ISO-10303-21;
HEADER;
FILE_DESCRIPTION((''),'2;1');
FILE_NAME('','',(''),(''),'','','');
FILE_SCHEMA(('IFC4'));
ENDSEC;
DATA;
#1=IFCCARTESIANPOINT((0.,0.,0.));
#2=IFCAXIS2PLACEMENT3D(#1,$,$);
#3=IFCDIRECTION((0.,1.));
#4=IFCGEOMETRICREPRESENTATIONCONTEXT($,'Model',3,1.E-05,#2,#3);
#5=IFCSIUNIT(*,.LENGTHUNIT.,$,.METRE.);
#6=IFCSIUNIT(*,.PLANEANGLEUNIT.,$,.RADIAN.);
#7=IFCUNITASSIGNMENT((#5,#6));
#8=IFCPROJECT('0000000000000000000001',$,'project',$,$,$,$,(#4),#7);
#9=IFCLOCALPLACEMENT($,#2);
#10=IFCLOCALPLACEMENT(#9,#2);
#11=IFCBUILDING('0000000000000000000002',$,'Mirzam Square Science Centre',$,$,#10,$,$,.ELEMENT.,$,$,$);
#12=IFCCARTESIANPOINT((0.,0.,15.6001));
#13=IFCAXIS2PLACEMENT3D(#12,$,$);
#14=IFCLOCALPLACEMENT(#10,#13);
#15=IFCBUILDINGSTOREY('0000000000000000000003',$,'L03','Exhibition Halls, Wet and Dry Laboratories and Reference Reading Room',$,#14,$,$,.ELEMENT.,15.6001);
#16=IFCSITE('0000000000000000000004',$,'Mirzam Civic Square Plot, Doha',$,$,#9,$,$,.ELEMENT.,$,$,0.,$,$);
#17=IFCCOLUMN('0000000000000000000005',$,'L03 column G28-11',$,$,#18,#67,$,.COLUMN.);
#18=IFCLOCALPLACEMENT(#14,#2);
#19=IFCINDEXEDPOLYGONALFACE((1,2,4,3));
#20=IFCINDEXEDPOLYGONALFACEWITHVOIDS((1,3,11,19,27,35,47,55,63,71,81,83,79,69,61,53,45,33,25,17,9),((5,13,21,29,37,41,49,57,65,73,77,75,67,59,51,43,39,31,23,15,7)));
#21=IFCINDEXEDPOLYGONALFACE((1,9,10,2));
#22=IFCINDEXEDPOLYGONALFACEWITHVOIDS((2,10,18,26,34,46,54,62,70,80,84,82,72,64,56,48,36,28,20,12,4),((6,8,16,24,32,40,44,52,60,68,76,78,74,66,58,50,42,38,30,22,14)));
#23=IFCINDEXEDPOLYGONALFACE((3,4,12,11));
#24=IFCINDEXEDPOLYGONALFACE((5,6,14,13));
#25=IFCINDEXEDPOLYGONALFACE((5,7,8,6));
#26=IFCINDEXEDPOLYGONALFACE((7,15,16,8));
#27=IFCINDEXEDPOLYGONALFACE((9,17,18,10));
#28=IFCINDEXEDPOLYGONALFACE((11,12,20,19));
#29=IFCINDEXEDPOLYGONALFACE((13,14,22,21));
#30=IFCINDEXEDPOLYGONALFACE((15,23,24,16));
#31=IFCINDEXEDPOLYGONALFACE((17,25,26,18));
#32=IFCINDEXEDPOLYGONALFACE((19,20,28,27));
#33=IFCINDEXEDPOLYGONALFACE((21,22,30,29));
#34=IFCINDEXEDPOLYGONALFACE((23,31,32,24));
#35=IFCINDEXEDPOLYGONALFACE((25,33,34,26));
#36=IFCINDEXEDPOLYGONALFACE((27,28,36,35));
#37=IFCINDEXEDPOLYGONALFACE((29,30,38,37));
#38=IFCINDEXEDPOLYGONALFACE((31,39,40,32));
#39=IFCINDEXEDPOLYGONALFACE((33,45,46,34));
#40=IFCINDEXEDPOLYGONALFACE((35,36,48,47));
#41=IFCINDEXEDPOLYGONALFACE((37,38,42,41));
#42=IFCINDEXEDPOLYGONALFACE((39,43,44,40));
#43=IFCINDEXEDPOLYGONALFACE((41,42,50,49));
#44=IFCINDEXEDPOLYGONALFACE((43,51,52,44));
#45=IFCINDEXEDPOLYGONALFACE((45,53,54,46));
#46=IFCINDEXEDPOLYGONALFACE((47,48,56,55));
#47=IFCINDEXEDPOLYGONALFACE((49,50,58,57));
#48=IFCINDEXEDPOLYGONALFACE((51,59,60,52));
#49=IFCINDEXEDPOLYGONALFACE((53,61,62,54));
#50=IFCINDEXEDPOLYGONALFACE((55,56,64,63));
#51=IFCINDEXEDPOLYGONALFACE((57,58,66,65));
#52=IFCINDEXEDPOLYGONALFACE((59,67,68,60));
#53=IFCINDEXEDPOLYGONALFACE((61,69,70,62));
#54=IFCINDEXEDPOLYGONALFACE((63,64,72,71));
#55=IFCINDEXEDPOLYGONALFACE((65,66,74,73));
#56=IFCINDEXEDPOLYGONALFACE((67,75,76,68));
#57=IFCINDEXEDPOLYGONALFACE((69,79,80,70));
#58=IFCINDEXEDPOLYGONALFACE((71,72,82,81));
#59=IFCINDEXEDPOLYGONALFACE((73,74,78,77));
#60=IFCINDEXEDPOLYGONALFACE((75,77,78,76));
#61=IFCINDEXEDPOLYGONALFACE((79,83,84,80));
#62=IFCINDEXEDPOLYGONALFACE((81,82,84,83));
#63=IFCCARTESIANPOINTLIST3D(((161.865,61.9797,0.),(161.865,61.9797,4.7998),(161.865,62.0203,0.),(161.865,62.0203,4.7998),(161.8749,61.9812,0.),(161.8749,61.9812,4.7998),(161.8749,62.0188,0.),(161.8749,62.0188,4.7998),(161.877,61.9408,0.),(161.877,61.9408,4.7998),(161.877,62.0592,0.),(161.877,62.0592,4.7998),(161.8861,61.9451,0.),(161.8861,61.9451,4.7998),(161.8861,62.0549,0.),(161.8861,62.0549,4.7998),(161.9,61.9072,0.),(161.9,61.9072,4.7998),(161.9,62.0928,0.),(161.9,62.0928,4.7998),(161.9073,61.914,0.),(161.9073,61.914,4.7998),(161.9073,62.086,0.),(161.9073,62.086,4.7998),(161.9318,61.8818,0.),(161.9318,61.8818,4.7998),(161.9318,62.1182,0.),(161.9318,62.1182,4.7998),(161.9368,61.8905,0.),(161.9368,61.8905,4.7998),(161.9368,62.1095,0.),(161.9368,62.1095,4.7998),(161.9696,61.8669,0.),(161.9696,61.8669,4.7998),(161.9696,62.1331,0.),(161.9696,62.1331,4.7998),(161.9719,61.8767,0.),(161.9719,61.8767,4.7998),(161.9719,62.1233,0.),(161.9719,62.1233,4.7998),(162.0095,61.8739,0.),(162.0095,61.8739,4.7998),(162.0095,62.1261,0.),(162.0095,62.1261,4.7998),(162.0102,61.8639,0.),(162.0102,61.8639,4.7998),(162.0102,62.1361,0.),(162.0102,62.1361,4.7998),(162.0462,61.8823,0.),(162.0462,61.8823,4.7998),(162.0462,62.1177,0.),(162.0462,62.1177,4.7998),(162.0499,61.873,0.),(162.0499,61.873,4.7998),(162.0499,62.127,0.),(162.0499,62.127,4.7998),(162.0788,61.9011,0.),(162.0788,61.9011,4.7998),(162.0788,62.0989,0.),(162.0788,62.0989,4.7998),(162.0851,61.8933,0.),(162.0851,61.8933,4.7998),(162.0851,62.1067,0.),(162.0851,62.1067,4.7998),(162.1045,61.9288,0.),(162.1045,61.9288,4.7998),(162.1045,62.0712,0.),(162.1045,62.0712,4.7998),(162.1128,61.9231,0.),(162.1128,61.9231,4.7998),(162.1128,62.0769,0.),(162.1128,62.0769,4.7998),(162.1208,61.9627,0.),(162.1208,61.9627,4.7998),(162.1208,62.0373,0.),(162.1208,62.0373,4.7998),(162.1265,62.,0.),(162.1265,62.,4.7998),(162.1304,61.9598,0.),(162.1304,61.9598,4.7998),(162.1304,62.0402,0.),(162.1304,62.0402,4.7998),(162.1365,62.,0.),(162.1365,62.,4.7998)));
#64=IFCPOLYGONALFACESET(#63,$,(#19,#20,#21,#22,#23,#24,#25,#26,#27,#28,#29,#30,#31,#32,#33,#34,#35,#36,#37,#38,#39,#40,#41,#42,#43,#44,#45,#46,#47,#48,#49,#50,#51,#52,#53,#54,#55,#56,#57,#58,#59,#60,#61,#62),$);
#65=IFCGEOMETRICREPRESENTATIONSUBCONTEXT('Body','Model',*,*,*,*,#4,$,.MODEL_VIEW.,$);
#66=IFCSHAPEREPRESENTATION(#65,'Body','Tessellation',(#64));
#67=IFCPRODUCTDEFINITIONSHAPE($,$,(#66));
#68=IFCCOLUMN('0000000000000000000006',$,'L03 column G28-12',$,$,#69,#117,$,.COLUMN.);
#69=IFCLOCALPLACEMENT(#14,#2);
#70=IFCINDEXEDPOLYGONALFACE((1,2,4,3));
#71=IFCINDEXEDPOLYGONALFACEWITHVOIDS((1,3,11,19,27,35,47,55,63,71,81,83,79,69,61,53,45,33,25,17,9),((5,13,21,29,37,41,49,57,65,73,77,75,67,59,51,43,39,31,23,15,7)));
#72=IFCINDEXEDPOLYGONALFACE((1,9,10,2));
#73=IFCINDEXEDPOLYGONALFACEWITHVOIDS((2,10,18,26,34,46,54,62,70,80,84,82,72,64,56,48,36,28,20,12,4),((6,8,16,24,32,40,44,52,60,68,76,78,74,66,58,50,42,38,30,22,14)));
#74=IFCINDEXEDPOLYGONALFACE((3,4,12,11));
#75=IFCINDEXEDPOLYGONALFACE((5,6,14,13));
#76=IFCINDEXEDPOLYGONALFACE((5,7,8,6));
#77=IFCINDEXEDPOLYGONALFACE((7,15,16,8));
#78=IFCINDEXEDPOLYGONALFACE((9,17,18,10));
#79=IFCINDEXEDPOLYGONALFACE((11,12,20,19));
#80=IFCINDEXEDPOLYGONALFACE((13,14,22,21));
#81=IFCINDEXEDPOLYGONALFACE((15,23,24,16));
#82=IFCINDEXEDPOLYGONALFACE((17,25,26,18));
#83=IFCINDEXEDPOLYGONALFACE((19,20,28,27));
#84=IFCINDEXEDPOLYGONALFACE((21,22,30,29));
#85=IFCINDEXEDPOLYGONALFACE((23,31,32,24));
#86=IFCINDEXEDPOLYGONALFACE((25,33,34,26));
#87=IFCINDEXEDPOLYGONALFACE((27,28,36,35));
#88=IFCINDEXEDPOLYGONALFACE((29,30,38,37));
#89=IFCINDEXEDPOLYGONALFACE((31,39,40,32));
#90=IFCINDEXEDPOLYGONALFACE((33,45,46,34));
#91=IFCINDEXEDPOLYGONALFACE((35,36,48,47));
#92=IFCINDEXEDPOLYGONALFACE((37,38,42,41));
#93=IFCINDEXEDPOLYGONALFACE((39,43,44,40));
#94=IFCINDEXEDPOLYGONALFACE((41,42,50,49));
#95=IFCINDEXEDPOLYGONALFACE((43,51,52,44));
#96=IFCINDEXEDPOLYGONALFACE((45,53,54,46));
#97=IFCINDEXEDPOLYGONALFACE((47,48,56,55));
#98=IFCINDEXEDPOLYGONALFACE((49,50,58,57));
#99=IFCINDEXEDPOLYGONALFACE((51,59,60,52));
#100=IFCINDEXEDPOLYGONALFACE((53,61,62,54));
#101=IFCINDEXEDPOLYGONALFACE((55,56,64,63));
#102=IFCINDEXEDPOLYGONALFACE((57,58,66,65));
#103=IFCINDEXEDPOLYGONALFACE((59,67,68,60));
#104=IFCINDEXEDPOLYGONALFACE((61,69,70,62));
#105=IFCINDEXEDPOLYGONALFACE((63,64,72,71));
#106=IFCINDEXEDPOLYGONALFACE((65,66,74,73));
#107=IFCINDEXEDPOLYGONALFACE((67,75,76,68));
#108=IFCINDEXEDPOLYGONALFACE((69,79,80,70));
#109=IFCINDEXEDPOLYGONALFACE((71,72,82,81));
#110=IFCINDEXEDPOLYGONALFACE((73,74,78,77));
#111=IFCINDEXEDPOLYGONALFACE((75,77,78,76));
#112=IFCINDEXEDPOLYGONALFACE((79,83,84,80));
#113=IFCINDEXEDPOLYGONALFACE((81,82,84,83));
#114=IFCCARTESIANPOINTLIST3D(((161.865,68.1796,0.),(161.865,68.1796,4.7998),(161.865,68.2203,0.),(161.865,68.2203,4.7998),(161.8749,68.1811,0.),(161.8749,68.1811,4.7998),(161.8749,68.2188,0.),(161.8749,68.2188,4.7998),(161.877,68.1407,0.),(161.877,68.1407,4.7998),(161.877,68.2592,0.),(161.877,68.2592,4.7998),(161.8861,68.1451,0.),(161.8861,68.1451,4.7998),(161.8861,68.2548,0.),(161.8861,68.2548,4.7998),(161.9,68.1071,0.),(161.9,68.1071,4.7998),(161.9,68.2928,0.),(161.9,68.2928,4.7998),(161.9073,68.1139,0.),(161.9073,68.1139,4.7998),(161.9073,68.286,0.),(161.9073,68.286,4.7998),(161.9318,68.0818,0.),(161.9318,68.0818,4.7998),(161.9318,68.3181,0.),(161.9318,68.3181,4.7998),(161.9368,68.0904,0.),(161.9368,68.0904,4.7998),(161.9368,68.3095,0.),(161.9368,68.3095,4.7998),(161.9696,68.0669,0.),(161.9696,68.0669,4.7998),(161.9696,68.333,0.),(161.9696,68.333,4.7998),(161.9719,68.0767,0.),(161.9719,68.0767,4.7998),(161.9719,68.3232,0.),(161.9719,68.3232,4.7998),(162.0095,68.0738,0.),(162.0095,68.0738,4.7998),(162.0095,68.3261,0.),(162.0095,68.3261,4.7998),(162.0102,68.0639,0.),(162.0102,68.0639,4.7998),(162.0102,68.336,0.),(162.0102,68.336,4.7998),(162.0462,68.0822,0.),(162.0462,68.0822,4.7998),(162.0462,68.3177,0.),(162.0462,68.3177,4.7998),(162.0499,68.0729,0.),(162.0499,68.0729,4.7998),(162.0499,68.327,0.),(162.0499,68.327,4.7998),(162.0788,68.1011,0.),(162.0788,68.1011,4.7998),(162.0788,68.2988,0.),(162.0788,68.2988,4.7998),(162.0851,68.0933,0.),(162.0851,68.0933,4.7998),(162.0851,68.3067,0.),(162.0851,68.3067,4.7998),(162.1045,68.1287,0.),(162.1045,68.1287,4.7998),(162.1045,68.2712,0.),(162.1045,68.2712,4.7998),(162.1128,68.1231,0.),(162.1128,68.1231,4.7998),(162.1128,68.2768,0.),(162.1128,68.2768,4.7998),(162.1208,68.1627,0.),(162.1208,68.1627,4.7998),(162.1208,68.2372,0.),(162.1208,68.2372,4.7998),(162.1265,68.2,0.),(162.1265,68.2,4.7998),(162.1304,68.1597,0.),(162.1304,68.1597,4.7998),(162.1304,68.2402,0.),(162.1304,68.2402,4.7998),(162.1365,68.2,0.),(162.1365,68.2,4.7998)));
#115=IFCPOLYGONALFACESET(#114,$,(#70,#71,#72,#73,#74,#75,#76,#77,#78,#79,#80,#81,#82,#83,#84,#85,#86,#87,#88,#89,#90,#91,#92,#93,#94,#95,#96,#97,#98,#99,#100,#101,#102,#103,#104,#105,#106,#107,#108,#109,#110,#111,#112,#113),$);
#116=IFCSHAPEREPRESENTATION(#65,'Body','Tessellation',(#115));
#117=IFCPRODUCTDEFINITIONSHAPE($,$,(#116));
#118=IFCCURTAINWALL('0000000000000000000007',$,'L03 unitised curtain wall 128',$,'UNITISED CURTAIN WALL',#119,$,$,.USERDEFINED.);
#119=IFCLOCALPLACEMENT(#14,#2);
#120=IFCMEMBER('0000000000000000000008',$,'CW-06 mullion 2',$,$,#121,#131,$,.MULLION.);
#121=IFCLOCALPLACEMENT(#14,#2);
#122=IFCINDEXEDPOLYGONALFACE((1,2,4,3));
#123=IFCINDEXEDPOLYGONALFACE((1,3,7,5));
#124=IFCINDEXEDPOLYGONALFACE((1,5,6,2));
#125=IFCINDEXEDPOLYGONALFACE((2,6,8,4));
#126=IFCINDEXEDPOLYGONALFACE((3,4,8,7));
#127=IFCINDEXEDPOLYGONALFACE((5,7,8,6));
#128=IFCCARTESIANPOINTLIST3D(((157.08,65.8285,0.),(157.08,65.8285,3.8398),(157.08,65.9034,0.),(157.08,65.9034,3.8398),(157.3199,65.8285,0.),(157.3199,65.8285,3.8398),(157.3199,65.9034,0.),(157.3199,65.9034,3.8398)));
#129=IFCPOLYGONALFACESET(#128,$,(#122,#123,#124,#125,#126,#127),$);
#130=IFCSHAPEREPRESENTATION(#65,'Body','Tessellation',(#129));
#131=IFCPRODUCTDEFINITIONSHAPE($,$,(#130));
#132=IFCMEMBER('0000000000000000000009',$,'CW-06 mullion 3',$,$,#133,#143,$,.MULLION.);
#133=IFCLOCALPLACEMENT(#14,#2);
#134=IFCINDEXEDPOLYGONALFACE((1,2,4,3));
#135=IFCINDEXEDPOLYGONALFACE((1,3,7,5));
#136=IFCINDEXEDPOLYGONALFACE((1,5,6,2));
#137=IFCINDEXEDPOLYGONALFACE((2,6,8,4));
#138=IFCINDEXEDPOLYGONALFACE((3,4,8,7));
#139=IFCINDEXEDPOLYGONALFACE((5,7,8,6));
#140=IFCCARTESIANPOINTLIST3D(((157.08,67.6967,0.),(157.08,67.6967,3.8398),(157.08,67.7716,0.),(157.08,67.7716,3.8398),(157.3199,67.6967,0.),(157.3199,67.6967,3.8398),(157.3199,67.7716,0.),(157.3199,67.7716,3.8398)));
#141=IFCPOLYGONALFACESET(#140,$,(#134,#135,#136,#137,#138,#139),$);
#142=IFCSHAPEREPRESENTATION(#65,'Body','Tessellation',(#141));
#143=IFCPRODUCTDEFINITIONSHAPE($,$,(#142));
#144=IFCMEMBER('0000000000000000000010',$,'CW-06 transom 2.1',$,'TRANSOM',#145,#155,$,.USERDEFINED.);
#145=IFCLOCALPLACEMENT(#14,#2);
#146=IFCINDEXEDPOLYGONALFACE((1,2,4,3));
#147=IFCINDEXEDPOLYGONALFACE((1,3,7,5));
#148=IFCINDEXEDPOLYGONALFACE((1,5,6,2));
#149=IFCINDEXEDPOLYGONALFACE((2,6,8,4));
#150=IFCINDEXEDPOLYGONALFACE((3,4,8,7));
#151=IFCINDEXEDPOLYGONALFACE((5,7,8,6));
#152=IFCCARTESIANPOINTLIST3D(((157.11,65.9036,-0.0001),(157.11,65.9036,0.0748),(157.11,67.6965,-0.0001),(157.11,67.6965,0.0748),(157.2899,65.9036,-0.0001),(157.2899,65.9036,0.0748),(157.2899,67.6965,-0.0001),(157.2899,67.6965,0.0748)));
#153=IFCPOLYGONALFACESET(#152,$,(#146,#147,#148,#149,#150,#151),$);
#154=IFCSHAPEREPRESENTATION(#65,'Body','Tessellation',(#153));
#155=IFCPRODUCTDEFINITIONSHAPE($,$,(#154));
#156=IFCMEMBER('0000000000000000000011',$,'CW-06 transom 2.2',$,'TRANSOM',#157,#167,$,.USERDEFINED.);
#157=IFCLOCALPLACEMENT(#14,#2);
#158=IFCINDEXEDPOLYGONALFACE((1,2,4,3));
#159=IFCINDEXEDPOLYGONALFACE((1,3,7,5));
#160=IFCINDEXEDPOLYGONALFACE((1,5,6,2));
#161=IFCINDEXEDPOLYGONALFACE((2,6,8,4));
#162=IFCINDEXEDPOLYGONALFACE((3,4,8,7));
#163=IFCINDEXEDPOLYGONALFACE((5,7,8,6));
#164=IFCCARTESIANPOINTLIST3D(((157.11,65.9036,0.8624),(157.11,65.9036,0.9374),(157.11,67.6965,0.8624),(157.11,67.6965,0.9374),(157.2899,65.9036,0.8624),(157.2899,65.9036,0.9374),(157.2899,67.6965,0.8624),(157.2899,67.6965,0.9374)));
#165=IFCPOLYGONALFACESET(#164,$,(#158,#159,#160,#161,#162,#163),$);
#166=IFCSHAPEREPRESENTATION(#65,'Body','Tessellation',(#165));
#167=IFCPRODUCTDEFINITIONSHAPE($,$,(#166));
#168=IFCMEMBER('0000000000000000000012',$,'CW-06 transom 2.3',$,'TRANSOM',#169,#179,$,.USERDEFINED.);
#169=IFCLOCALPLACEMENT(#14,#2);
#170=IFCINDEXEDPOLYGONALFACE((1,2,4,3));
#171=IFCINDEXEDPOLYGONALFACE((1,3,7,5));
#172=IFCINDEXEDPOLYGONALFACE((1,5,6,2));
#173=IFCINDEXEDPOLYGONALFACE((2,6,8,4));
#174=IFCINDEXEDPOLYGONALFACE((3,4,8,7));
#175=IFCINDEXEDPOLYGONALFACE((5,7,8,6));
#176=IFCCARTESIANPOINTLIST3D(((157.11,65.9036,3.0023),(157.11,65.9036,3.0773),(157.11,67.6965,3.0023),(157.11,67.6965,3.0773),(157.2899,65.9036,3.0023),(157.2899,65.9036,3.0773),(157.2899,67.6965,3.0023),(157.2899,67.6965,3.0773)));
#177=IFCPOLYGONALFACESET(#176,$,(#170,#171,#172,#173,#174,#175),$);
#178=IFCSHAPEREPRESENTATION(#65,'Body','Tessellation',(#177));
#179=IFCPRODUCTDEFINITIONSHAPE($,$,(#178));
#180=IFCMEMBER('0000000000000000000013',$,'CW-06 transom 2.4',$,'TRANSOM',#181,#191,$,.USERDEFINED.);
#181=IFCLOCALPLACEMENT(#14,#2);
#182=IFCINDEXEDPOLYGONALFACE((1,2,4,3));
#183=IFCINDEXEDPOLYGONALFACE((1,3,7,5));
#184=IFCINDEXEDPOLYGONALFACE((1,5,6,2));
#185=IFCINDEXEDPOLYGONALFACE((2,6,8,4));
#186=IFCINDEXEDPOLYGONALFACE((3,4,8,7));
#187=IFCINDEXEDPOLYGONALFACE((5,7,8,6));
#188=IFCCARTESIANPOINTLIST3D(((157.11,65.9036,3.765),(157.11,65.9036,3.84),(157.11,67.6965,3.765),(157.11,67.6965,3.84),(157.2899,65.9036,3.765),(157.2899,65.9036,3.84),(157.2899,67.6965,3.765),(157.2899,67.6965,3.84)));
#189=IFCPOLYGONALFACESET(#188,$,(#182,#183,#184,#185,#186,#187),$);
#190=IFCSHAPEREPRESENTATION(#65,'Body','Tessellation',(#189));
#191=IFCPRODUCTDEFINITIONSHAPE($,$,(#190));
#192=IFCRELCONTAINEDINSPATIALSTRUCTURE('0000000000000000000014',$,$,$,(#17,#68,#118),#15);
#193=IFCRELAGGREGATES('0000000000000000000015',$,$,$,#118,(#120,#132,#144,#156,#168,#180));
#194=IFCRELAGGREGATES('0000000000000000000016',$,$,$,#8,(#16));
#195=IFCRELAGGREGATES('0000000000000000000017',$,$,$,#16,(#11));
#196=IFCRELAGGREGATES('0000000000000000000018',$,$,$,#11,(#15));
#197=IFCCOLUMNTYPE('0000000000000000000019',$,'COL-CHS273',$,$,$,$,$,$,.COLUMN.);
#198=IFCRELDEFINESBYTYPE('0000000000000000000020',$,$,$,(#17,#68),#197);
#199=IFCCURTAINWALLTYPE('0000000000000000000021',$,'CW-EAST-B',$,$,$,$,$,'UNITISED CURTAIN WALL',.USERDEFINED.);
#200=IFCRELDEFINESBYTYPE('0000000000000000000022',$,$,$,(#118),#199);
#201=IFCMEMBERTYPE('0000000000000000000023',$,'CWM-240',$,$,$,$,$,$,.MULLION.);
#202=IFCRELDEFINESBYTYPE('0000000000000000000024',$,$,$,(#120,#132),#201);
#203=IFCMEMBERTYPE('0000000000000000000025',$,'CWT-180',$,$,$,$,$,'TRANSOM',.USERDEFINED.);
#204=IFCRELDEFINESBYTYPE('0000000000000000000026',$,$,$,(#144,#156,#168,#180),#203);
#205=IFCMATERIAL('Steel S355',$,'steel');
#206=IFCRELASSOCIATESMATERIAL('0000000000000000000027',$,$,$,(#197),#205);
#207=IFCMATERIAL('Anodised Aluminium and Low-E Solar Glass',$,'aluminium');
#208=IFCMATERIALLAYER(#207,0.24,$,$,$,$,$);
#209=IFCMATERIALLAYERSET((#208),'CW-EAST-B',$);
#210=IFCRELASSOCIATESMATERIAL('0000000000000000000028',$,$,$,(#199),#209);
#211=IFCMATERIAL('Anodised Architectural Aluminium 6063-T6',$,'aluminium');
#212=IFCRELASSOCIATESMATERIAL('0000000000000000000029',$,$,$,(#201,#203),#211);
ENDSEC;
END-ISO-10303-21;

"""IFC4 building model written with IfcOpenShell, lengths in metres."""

from ifc_helpers import new_model, si_unit, direction, frame, origin, origin_2d, place, context, subcontext, project, spatial, rectangle, hollow_circle, extrude, material, layer, layer_set, material_profile, profile_set, type_object, element, aggregate, save


model = new_model("IFC4")

# Units and contexts
model_context = context("Model", 3, precision=1e-05, world=origin(), true_north=direction((0.0, 1.0)))
body_context = subcontext(model_context, "Body", "Model", "MODEL_VIEW")
ifc_project = project(units=[si_unit("LENGTHUNIT", "METRE"), si_unit("PLANEANGLEUNIT", "RADIAN")], contexts=[model_context])

# Site, building, storey
site_placement = place(None, origin())
site = spatial("IfcSite", under=ifc_project, at=site_placement, Name="Mirzam Civic Square Plot, Doha", CompositionType="ELEMENT", RefElevation=0.0)
building_placement = place(site_placement, origin())
building = spatial("IfcBuilding", under=site, at=building_placement, Name="Mirzam Square Science Centre", CompositionType="ELEMENT")
storey_placement = place(building_placement, frame((0.0, 0.0, 15.6001)))
storey = spatial("IfcBuildingStorey", under=building, at=storey_placement, Name="L03", Description="Exhibition Halls, Wet and Dry Laboratories and Reference Reading Room", CompositionType="ELEMENT", Elevation=15.6001)

# Columns
ifc_material_1 = material(Name="Steel S355", Category="steel")
ifc_material_profile_1 = material_profile(ifc_material_1, hollow_circle(Radius=0.1365, WallThickness=0.01, at=origin_2d()), Name="273.0x10.0CHS")
ifc_profile_set_1 = profile_set([ifc_material_profile_1], Name="Steel S355")
column_type = type_object("IfcColumnType", Name="COL-CHS273", PredefinedType="COLUMN", material=ifc_profile_set_1)
for number, where, z_axis, x_axis, name in (
    (1, (162.0, 62.0, 0.0), (0.0, 0.0, 1.0), (1.0, 0.0, 0.0), "L03 column G28-11"),
    (2, (162.0, 68.2, 0.0), (0.0, 0.0, 1.0), (1.0, 0.0, 0.0), "L03 column G28-12"),
):
    element("IfcColumn", number, at=place(storey_placement, frame(where, z_axis=z_axis, x_axis=x_axis)), inside=storey, type_object=column_type, Name=name, PredefinedType="COLUMN", context=body_context, shape_type="SweptSolid", body=[
        extrude(hollow_circle(Radius=0.1365, WallThickness=0.01, at=origin_2d()), origin(), (0.0, 0.0, 1.0), 4.7998),
    ])

# Curtain wall, members
ifc_material_2 = material(Name="Anodised Aluminium and Low-E Solar Glass", Category="aluminium")
ifc_layer_1 = layer(ifc_material_2, 0.24)
ifc_layer_set_1 = layer_set([ifc_layer_1], Name="CW-EAST-B")
curtain_wall_type = type_object("IfcCurtainWallType", Name="CW-EAST-B", ElementType="UNITISED CURTAIN WALL", PredefinedType="USERDEFINED", material=ifc_layer_set_1)
curtain_wall_placement = place(storey_placement, origin())
curtain_wall = element("IfcCurtainWall", 3, at=curtain_wall_placement, inside=storey, type_object=curtain_wall_type, Name="L03 unitised curtain wall 128", ObjectType="UNITISED CURTAIN WALL", PredefinedType="USERDEFINED")
ifc_material_3 = material(Name="Anodised Architectural Aluminium 6063-T6", Category="aluminium")
ifc_material_profile_2 = material_profile(ifc_material_3, rectangle(XDim=0.075, YDim=0.24, at=origin_2d()), Name="ALU-MULL-240x75x5")
ifc_profile_set_2 = profile_set([ifc_material_profile_2], Name="Anodised Architectural Aluminium 6063-T6")
member_type_1 = type_object("IfcMemberType", Name="CWM-240", PredefinedType="MULLION", material=ifc_profile_set_2)
member_1_placement = place(storey_placement, frame((157.2, 65.866, 0.0), z_axis=(0.0, 0.0, 1.0), x_axis=(0.0, 1.0, 0.0)))
member_1 = element("IfcMember", 4, at=member_1_placement, type_object=member_type_1, Name="CW-06 mullion 2", PredefinedType="MULLION", context=body_context, shape_type="SweptSolid", body=[
    extrude(rectangle(XDim=0.075, YDim=0.24, at=origin_2d()), origin(), (0.0, 0.0, 1.0), 3.8398),
])
member_2_placement = place(storey_placement, frame((157.2, 67.7341, 0.0), z_axis=(0.0, 0.0, 1.0), x_axis=(0.0, 1.0, 0.0)))
member_2 = element("IfcMember", 5, at=member_2_placement, type_object=member_type_1, Name="CW-06 mullion 3", PredefinedType="MULLION", context=body_context, shape_type="SweptSolid", body=[
    extrude(rectangle(XDim=0.075, YDim=0.24, at=origin_2d()), origin(), (0.0, 0.0, 1.0), 3.8398),
])
ifc_material_profile_3 = material_profile(ifc_material_3, rectangle(XDim=0.1799, YDim=0.075, at=origin_2d()), Name="ALU-TRAN-180x75x5")
ifc_profile_set_3 = profile_set([ifc_material_profile_3], Name="Anodised Architectural Aluminium 6063-T6")
member_type_2 = type_object("IfcMemberType", Name="CWT-180", ElementType="TRANSOM", PredefinedType="USERDEFINED", material=ifc_profile_set_3)
member_3_placement = place(storey_placement, frame((157.2, 65.9036, 0.0374), z_axis=(0.0, 1.0, 0.0), x_axis=(-1.0, 0.0, 0.0)))
member_3 = element("IfcMember", 6, at=member_3_placement, type_object=member_type_2, Name="CW-06 transom 2.1", ObjectType="TRANSOM", PredefinedType="USERDEFINED", context=body_context, shape_type="SweptSolid", body=[
    extrude(rectangle(XDim=0.1799, YDim=0.075, at=origin_2d()), origin(), (0.0, 0.0, 1.0), 1.793),
])
member_4_placement = place(storey_placement, frame((157.2, 65.9036, 0.8999), z_axis=(0.0, 1.0, 0.0), x_axis=(-1.0, 0.0, 0.0)))
member_4 = element("IfcMember", 7, at=member_4_placement, type_object=member_type_2, Name="CW-06 transom 2.2", ObjectType="TRANSOM", PredefinedType="USERDEFINED", context=body_context, shape_type="SweptSolid", body=[
    extrude(rectangle(XDim=0.1799, YDim=0.075, at=origin_2d()), origin(), (0.0, 0.0, 1.0), 1.793),
])
member_5_placement = place(storey_placement, frame((157.2, 65.9036, 3.0398), z_axis=(0.0, 1.0, 0.0), x_axis=(-1.0, 0.0, 0.0)))
member_5 = element("IfcMember", 8, at=member_5_placement, type_object=member_type_2, Name="CW-06 transom 2.3", ObjectType="TRANSOM", PredefinedType="USERDEFINED", context=body_context, shape_type="SweptSolid", body=[
    extrude(rectangle(XDim=0.1799, YDim=0.075, at=origin_2d()), origin(), (0.0, 0.0, 1.0), 1.793),
])
member_6_placement = place(storey_placement, frame((157.2, 65.9036, 3.8025), z_axis=(0.0, 1.0, 0.0), x_axis=(-1.0, 0.0, 0.0)))
member_6 = element("IfcMember", 9, at=member_6_placement, type_object=member_type_2, Name="CW-06 transom 2.4", ObjectType="TRANSOM", PredefinedType="USERDEFINED", context=body_context, shape_type="SweptSolid", body=[
    extrude(rectangle(XDim=0.1799, YDim=0.075, at=origin_2d()), origin(), (0.0, 0.0, 1.0), 1.793),
])

aggregate(curtain_wall, [member_1, member_2, member_3, member_4, member_5, member_6])

save(model, "model.ifc")
